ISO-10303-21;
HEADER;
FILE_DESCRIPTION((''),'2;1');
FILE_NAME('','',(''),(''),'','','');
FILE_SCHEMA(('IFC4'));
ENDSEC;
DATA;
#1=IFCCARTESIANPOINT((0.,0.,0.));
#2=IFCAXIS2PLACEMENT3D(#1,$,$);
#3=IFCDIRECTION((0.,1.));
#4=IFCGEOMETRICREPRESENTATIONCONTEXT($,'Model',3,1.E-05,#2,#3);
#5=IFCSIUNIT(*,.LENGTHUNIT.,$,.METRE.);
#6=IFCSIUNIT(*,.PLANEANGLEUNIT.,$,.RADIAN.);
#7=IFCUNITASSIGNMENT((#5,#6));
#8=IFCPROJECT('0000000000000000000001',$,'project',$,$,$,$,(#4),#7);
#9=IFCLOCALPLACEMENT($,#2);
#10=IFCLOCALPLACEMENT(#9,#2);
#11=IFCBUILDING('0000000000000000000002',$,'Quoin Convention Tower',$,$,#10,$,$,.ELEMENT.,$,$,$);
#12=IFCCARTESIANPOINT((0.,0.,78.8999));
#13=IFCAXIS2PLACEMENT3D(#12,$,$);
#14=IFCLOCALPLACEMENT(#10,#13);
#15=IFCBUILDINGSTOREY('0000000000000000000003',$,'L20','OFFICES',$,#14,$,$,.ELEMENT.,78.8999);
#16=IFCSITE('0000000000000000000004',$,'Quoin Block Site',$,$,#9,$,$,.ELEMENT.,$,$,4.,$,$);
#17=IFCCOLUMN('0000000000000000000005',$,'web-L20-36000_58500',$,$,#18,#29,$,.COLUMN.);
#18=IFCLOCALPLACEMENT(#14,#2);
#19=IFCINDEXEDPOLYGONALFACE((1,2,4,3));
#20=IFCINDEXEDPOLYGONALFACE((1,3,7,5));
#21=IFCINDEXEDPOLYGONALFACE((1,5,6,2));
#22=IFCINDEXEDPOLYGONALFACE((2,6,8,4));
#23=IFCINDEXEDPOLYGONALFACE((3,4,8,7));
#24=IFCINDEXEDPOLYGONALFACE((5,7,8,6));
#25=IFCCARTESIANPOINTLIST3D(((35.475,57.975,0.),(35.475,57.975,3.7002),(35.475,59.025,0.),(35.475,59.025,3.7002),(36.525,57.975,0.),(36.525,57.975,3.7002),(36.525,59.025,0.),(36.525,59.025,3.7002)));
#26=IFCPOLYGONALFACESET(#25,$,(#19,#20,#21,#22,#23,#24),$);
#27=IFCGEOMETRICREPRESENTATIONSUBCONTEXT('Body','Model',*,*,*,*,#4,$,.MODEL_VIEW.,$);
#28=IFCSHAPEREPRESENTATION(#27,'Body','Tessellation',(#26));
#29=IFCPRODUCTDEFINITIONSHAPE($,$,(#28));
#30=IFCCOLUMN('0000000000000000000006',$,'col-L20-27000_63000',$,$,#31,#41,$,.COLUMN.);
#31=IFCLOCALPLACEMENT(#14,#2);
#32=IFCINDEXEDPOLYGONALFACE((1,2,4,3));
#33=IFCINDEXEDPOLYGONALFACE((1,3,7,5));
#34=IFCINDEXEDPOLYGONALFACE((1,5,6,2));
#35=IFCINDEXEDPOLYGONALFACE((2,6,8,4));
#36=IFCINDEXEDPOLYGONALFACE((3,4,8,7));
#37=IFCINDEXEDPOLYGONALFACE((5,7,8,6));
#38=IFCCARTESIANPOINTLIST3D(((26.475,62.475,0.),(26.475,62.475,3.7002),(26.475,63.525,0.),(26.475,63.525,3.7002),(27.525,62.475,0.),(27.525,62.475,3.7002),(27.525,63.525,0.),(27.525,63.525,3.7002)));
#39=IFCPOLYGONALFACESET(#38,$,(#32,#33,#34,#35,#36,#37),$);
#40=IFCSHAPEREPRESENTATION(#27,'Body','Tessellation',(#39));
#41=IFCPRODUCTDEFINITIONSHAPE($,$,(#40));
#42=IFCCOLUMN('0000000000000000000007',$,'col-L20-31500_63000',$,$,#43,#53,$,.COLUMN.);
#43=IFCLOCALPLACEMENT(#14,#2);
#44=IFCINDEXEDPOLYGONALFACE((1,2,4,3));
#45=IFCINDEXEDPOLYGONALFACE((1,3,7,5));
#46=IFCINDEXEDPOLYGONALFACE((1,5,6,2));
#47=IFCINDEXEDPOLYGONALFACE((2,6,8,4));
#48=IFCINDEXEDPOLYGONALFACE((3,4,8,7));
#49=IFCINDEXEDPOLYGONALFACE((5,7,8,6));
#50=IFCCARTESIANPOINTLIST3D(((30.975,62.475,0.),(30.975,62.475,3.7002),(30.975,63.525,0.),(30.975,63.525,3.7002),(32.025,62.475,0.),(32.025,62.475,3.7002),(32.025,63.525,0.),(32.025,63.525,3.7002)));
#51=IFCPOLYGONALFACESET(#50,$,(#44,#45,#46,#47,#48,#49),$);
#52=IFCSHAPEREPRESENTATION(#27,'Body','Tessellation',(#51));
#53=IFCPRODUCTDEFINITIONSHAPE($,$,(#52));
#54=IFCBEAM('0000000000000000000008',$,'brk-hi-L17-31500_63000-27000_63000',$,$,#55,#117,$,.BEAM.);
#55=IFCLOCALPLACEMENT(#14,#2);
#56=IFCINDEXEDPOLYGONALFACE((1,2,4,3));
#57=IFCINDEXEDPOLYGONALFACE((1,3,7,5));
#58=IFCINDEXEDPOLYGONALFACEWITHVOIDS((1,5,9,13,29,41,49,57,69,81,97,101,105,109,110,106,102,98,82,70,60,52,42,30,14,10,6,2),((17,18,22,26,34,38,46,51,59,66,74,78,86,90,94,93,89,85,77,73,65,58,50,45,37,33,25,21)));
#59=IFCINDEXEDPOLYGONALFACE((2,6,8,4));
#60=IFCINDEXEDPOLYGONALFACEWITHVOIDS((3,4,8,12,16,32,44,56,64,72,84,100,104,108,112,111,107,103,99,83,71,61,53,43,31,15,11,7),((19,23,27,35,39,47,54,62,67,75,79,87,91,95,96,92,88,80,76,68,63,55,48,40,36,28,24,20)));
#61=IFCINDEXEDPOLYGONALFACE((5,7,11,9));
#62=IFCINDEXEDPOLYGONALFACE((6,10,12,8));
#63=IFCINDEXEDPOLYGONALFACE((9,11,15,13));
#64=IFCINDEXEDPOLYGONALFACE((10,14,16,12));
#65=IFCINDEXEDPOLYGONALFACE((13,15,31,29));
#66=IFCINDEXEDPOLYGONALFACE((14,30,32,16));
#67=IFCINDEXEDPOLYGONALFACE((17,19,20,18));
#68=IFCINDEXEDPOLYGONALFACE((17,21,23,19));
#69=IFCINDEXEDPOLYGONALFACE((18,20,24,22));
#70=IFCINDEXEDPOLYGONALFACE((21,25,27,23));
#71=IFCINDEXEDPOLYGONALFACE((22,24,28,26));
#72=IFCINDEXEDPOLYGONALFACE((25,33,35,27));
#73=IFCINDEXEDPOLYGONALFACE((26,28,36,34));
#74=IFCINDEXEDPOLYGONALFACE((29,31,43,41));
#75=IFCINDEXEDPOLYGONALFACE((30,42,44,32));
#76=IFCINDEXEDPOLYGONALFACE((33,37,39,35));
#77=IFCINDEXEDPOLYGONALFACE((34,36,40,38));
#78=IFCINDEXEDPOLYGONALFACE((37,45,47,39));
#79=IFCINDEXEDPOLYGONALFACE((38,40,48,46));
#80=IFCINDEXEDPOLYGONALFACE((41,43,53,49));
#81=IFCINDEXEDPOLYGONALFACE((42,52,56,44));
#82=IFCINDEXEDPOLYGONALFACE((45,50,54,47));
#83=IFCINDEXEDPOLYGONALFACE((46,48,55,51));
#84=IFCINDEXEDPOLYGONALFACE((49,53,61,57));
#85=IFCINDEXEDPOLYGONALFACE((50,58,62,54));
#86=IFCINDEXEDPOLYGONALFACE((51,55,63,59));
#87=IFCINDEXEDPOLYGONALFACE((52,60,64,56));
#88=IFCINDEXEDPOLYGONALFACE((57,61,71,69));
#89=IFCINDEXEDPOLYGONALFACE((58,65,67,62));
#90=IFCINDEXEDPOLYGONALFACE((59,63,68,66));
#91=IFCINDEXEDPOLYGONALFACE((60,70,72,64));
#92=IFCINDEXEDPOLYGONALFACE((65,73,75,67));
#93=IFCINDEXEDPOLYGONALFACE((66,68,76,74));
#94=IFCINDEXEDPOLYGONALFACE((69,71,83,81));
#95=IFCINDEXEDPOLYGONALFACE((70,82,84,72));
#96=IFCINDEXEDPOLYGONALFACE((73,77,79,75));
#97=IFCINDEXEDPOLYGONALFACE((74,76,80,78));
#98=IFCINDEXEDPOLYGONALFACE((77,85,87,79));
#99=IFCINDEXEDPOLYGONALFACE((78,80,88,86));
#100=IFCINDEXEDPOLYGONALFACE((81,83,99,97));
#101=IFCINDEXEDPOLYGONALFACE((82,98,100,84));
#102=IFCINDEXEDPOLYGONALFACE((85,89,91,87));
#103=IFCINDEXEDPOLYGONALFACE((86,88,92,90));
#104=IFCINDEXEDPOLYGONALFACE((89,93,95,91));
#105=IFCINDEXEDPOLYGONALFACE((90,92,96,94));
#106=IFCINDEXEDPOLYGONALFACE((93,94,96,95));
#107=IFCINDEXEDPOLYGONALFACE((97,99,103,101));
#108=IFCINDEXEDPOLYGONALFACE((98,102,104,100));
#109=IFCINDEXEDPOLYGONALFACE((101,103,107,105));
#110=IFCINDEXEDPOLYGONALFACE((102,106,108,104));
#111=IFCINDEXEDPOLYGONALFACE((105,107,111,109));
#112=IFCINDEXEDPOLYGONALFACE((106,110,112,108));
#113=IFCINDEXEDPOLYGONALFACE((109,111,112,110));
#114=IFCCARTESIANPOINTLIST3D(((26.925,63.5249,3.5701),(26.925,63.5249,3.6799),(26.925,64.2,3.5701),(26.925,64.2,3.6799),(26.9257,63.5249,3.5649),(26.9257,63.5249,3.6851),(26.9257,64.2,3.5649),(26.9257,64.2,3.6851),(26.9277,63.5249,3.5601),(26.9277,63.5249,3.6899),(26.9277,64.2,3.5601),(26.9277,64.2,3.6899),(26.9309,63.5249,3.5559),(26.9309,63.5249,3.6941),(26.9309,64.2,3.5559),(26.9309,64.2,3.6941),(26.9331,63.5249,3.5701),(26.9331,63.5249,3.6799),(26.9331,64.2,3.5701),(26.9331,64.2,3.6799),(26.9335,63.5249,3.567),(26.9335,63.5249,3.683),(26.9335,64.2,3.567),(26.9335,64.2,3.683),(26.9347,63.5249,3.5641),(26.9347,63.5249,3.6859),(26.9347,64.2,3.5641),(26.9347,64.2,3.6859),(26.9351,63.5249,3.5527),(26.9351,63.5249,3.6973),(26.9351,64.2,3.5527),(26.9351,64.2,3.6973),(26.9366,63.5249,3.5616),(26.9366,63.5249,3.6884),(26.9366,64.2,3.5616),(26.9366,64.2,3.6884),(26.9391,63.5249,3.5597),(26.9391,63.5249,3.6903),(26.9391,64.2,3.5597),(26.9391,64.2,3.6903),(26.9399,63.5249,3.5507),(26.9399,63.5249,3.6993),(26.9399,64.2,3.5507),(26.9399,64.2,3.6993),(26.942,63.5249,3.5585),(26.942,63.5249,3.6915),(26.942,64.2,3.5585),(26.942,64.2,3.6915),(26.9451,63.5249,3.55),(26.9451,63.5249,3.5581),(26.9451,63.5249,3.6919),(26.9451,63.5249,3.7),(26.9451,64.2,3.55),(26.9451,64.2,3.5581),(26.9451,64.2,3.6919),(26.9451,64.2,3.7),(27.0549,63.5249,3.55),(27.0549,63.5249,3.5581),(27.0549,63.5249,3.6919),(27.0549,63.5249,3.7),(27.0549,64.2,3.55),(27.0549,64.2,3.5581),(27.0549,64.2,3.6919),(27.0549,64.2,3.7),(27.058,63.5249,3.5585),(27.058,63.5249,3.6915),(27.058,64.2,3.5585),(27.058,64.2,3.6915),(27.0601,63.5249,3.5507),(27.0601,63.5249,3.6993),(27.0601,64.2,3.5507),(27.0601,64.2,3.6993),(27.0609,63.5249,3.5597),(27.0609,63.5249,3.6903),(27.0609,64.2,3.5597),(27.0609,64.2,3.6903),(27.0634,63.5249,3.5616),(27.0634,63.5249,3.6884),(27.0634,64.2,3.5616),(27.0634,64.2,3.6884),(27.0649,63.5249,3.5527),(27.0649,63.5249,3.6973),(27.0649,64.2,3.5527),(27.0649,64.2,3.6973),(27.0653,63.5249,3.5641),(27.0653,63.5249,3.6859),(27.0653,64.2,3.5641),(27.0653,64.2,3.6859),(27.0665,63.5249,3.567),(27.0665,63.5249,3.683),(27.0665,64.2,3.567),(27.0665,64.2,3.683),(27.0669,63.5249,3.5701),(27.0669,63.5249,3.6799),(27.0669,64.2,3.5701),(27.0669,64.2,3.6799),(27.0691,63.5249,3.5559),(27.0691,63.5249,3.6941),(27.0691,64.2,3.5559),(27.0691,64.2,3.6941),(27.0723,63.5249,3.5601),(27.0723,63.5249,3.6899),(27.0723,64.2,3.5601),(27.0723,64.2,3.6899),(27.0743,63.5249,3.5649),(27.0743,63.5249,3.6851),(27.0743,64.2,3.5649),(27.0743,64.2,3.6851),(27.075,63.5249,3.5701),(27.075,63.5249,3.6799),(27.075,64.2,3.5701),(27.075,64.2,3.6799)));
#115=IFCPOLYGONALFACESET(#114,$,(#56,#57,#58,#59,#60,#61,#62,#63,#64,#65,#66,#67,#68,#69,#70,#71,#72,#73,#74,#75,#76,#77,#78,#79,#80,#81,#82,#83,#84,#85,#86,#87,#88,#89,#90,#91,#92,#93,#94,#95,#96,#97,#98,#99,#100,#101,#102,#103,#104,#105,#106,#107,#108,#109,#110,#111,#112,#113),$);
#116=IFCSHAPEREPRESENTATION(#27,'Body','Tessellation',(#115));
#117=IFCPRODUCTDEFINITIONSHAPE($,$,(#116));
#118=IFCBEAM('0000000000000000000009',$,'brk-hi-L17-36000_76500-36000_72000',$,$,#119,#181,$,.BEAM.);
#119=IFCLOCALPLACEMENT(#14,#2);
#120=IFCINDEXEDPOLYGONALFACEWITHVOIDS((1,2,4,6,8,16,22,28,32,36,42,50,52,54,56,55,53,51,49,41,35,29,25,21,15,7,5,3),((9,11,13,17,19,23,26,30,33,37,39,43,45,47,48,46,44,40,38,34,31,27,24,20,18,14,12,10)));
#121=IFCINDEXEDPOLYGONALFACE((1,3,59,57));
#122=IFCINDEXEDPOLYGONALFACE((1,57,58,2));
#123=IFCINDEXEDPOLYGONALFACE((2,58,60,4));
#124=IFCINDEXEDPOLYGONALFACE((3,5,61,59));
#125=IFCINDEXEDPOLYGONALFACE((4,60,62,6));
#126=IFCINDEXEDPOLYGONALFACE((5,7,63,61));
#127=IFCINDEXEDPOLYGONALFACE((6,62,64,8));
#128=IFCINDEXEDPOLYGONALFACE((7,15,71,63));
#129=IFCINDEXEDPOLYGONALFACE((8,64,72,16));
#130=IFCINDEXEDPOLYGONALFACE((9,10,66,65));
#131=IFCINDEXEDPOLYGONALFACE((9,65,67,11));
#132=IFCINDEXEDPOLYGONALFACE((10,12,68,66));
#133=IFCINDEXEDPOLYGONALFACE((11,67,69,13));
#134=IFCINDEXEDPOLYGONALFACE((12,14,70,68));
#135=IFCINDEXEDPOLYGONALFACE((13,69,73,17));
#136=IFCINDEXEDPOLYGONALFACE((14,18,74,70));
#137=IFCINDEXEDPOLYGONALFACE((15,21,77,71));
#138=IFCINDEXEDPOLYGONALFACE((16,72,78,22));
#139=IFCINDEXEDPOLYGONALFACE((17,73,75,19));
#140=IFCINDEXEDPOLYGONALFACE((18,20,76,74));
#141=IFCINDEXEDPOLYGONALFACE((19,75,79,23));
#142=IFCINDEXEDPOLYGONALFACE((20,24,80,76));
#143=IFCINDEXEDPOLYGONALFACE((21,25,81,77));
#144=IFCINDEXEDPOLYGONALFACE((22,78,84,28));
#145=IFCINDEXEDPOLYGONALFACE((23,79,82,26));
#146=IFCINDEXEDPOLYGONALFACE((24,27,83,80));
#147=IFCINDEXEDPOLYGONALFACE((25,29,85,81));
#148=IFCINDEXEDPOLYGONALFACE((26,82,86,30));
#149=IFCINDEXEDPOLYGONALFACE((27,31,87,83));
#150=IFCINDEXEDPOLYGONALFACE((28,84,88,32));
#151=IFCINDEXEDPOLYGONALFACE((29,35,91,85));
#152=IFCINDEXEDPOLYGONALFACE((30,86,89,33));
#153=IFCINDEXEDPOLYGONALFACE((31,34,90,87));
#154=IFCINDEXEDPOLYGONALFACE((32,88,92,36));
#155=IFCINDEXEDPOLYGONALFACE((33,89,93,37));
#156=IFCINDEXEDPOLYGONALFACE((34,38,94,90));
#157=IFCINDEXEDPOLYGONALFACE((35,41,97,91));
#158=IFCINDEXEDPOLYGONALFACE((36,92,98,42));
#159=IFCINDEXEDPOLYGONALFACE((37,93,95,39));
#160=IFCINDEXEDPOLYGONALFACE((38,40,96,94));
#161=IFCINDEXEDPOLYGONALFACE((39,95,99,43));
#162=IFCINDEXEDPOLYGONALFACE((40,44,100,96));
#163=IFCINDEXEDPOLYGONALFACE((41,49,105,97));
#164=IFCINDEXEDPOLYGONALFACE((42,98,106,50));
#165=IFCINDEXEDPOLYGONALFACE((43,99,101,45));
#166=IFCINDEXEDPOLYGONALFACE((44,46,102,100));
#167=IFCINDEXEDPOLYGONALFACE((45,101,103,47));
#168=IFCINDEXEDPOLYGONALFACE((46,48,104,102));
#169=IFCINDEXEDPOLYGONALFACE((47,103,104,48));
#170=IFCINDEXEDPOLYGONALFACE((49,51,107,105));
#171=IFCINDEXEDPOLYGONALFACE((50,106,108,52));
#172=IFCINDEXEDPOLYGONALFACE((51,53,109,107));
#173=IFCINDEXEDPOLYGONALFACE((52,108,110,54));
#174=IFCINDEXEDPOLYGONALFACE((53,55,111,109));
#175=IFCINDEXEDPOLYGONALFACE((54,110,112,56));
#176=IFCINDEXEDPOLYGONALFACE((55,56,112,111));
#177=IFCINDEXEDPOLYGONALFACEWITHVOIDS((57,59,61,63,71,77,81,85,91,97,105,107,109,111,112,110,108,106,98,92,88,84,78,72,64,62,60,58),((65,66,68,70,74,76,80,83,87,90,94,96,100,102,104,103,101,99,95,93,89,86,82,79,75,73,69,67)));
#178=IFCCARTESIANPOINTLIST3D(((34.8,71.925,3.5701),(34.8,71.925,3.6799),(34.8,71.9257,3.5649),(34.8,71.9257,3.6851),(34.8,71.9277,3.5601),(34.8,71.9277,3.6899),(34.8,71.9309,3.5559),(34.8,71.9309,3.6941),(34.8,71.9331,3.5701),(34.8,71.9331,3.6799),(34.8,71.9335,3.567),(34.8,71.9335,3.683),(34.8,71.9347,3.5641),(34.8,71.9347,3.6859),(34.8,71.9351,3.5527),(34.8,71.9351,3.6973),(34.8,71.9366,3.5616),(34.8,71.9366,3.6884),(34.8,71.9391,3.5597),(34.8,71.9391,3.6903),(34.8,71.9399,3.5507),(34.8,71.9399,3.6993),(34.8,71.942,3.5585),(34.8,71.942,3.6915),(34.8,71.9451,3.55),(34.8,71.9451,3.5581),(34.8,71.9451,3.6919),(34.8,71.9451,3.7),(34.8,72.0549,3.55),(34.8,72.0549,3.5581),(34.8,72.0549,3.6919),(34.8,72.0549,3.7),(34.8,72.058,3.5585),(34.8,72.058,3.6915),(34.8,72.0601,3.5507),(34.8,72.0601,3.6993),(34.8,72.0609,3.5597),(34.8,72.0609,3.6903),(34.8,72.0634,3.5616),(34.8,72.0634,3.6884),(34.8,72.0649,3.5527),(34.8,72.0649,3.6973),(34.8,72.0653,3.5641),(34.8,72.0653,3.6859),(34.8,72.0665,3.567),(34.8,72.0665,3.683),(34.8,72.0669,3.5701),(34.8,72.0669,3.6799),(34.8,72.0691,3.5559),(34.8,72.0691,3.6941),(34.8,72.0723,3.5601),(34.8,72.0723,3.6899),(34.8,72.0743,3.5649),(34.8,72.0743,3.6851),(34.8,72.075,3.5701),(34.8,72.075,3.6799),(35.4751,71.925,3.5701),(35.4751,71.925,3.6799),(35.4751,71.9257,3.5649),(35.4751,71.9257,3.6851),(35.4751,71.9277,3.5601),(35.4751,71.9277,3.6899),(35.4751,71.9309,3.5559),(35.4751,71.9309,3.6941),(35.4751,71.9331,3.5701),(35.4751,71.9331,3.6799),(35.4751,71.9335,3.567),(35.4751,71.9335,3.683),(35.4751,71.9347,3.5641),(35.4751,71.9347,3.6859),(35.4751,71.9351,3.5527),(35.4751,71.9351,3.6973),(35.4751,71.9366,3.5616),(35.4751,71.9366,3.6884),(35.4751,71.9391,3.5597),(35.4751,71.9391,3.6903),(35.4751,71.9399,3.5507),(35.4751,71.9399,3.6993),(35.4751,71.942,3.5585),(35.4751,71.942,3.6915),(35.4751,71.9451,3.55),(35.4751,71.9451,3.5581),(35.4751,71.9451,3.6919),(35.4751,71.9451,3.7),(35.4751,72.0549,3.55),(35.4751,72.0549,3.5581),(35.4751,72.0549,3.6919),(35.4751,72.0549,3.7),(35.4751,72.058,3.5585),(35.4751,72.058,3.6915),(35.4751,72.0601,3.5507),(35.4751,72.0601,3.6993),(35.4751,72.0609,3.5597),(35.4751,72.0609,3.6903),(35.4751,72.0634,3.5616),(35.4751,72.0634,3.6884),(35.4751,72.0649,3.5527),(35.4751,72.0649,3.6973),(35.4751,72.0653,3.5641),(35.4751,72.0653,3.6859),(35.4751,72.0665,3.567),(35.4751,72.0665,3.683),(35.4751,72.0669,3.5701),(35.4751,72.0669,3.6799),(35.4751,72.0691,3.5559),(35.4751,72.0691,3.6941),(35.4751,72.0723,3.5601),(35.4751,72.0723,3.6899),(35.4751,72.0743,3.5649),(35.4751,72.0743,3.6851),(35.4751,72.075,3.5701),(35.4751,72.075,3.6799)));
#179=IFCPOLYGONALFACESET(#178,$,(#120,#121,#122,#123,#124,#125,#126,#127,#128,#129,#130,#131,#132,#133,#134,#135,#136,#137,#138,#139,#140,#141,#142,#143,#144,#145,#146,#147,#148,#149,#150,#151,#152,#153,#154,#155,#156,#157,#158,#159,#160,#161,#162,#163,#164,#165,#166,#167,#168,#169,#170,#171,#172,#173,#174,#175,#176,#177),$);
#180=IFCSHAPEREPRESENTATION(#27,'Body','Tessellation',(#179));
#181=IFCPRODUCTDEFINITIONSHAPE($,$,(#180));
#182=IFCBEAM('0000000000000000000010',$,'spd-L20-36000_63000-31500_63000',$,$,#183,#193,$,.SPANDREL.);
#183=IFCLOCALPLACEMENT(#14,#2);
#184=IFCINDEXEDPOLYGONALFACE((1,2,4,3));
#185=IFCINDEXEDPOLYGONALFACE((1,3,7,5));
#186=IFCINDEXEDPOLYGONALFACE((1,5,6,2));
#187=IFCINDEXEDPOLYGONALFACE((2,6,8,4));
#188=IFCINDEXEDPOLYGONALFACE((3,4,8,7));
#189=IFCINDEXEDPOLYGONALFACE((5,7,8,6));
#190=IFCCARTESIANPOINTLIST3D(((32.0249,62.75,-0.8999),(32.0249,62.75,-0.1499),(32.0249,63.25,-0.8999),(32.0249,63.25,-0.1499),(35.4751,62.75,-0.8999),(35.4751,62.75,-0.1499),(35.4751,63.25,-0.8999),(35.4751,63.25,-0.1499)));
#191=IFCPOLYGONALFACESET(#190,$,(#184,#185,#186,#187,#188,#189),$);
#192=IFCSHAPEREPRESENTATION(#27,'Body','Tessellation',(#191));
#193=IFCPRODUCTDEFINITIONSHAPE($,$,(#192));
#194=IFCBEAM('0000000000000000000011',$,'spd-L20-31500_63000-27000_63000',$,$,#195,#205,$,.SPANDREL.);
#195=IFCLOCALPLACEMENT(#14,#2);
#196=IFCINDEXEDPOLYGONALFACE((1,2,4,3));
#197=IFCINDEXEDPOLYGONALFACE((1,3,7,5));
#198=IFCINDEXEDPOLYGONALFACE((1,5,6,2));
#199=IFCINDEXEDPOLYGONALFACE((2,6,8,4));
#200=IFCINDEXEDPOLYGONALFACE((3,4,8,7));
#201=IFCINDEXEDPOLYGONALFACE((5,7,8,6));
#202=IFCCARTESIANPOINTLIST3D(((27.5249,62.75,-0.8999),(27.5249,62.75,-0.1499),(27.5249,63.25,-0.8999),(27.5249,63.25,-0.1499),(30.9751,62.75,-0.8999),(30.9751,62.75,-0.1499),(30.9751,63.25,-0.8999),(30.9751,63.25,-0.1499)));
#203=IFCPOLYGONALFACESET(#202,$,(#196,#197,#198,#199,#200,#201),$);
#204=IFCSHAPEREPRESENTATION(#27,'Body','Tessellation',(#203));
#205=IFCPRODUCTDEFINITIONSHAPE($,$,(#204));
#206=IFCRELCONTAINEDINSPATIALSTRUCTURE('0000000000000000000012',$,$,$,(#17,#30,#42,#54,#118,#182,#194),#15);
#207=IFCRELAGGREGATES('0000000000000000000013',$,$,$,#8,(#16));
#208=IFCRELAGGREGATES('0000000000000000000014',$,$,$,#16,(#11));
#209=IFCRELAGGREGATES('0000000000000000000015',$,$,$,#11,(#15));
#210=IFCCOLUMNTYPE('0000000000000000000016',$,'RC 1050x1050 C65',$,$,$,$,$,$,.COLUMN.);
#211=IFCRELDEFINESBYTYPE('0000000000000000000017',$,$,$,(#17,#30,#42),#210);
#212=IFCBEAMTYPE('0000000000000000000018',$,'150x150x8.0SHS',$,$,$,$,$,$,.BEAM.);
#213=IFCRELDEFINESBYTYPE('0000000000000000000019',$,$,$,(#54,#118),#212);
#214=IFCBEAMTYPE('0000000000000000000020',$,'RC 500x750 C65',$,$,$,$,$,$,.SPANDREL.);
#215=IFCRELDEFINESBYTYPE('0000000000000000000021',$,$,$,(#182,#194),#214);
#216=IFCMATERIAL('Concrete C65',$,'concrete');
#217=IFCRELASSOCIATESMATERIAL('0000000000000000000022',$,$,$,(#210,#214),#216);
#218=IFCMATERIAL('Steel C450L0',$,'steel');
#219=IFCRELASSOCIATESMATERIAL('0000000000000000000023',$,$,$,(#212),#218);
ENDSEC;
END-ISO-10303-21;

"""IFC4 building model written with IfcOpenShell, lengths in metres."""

from ifc_helpers import new_model, si_unit, direction, frame, origin, origin_2d, place, context, subcontext, project, spatial, rectangle, hollow_rectangle, extrude, material, material_profile, profile_set, type_object, element, save


model = new_model("IFC4")

# Units and contexts
model_context = context("Model", 3, precision=1e-05, world=origin(), true_north=direction((0.0, 1.0)))
body_context = subcontext(model_context, "Body", "Model", "MODEL_VIEW")
ifc_project = project(units=[si_unit("LENGTHUNIT", "METRE"), si_unit("PLANEANGLEUNIT", "RADIAN")], contexts=[model_context])

# Site, building, storey
site_placement = place(None, origin())
site = spatial("IfcSite", under=ifc_project, at=site_placement, Name="Quoin Block Site", CompositionType="ELEMENT", RefElevation=4.0)
building_placement = place(site_placement, origin())
building = spatial("IfcBuilding", under=site, at=building_placement, Name="Quoin Convention Tower", CompositionType="ELEMENT")
storey_placement = place(building_placement, frame((0.0, 0.0, 78.8999)))
storey = spatial("IfcBuildingStorey", under=building, at=storey_placement, Name="L20", Description="OFFICES", CompositionType="ELEMENT", Elevation=78.8999)

# Columns
ifc_material_1 = material(Name="Concrete C65", Category="concrete")
ifc_material_profile_1 = material_profile(ifc_material_1, rectangle(XDim=1.05, YDim=1.05, at=origin_2d()), Name="RC 1050x1050")
ifc_profile_set_1 = profile_set([ifc_material_profile_1], Name="Concrete C65")
column_type = type_object("IfcColumnType", Name="RC 1050x1050 C65", PredefinedType="COLUMN", material=ifc_profile_set_1)
for number, where, z_axis, x_axis, name in (
    (1, (36.0, 58.5, 0.0), (0.0, 0.0, 1.0), (1.0, 0.0, 0.0), "web-L20-36000_58500"),
    (2, (27.0, 63.0, 0.0), (0.0, 0.0, 1.0), (1.0, 0.0, 0.0), "col-L20-27000_63000"),
    (3, (31.5, 63.0, 0.0), (0.0, 0.0, 1.0), (1.0, 0.0, 0.0), "col-L20-31500_63000"),
):
    element("IfcColumn", number, at=place(storey_placement, frame(where, z_axis=z_axis, x_axis=x_axis)), inside=storey, type_object=column_type, Name=name, PredefinedType="COLUMN", context=body_context, shape_type="SweptSolid", body=[
        extrude(rectangle(XDim=1.05, YDim=1.05, at=origin_2d()), origin(), (0.0, 0.0, 1.0), 3.7002),
    ])

# Beams
ifc_material_2 = material(Name="Steel C450L0", Category="steel")
ifc_material_profile_2 = material_profile(ifc_material_2, hollow_rectangle(XDim=0.1499, YDim=0.1499, WallThickness=0.0081, InnerFilletRadius=0.012, OuterFilletRadius=0.02, at=origin_2d()), Name="150x150x8.0SHS")
ifc_profile_set_2 = profile_set([ifc_material_profile_2], Name="Steel C450L0")
beam_type_1 = type_object("IfcBeamType", Name="150x150x8.0SHS", PredefinedType="BEAM", material=ifc_profile_set_2)
for number, where, z_axis, x_axis, name in (
    (4, (27.0, 63.5249, 3.625), (0.0, 1.0, 0.0), (-1.0, 0.0, 0.0), "brk-hi-L17-31500_63000-27000_63000"),
    (5, (35.4751, 72.0, 3.625), (-1.0, 0.0, 0.0), (0.0, -1.0, 0.0), "brk-hi-L17-36000_76500-36000_72000"),
):
    element("IfcBeam", number, at=place(storey_placement, frame(where, z_axis=z_axis, x_axis=x_axis)), inside=storey, type_object=beam_type_1, Name=name, PredefinedType="BEAM", context=body_context, shape_type="SweptSolid", body=[
        extrude(hollow_rectangle(XDim=0.1499, YDim=0.1499, WallThickness=0.0081, InnerFilletRadius=0.012, OuterFilletRadius=0.02, at=origin_2d()), origin(), (0.0, 0.0, 1.0), 0.675),
    ])
ifc_material_profile_3 = material_profile(ifc_material_1, rectangle(XDim=0.5, YDim=0.75, at=origin_2d()), Name="RC 500x750")
ifc_profile_set_3 = profile_set([ifc_material_profile_3], Name="Concrete C65")
beam_type_2 = type_object("IfcBeamType", Name="RC 500x750 C65", PredefinedType="SPANDREL", material=ifc_profile_set_3)
for number, where, z_axis, x_axis, name in (
    (6, (35.4751, 63.0, -0.5249), (-1.0, 0.0, 0.0), (0.0, -1.0, 0.0), "spd-L20-36000_63000-31500_63000"),
    (7, (30.9751, 63.0, -0.5249), (-1.0, 0.0, 0.0), (0.0, -1.0, 0.0), "spd-L20-31500_63000-27000_63000"),
):
    element("IfcBeam", number, at=place(storey_placement, frame(where, z_axis=z_axis, x_axis=x_axis)), inside=storey, type_object=beam_type_2, Name=name, PredefinedType="SPANDREL", context=body_context, shape_type="SweptSolid", body=[
        extrude(rectangle(XDim=0.5, YDim=0.75, at=origin_2d()), origin(), (0.0, 0.0, 1.0), 3.4502),
    ])

save(model, "model.ifc")
